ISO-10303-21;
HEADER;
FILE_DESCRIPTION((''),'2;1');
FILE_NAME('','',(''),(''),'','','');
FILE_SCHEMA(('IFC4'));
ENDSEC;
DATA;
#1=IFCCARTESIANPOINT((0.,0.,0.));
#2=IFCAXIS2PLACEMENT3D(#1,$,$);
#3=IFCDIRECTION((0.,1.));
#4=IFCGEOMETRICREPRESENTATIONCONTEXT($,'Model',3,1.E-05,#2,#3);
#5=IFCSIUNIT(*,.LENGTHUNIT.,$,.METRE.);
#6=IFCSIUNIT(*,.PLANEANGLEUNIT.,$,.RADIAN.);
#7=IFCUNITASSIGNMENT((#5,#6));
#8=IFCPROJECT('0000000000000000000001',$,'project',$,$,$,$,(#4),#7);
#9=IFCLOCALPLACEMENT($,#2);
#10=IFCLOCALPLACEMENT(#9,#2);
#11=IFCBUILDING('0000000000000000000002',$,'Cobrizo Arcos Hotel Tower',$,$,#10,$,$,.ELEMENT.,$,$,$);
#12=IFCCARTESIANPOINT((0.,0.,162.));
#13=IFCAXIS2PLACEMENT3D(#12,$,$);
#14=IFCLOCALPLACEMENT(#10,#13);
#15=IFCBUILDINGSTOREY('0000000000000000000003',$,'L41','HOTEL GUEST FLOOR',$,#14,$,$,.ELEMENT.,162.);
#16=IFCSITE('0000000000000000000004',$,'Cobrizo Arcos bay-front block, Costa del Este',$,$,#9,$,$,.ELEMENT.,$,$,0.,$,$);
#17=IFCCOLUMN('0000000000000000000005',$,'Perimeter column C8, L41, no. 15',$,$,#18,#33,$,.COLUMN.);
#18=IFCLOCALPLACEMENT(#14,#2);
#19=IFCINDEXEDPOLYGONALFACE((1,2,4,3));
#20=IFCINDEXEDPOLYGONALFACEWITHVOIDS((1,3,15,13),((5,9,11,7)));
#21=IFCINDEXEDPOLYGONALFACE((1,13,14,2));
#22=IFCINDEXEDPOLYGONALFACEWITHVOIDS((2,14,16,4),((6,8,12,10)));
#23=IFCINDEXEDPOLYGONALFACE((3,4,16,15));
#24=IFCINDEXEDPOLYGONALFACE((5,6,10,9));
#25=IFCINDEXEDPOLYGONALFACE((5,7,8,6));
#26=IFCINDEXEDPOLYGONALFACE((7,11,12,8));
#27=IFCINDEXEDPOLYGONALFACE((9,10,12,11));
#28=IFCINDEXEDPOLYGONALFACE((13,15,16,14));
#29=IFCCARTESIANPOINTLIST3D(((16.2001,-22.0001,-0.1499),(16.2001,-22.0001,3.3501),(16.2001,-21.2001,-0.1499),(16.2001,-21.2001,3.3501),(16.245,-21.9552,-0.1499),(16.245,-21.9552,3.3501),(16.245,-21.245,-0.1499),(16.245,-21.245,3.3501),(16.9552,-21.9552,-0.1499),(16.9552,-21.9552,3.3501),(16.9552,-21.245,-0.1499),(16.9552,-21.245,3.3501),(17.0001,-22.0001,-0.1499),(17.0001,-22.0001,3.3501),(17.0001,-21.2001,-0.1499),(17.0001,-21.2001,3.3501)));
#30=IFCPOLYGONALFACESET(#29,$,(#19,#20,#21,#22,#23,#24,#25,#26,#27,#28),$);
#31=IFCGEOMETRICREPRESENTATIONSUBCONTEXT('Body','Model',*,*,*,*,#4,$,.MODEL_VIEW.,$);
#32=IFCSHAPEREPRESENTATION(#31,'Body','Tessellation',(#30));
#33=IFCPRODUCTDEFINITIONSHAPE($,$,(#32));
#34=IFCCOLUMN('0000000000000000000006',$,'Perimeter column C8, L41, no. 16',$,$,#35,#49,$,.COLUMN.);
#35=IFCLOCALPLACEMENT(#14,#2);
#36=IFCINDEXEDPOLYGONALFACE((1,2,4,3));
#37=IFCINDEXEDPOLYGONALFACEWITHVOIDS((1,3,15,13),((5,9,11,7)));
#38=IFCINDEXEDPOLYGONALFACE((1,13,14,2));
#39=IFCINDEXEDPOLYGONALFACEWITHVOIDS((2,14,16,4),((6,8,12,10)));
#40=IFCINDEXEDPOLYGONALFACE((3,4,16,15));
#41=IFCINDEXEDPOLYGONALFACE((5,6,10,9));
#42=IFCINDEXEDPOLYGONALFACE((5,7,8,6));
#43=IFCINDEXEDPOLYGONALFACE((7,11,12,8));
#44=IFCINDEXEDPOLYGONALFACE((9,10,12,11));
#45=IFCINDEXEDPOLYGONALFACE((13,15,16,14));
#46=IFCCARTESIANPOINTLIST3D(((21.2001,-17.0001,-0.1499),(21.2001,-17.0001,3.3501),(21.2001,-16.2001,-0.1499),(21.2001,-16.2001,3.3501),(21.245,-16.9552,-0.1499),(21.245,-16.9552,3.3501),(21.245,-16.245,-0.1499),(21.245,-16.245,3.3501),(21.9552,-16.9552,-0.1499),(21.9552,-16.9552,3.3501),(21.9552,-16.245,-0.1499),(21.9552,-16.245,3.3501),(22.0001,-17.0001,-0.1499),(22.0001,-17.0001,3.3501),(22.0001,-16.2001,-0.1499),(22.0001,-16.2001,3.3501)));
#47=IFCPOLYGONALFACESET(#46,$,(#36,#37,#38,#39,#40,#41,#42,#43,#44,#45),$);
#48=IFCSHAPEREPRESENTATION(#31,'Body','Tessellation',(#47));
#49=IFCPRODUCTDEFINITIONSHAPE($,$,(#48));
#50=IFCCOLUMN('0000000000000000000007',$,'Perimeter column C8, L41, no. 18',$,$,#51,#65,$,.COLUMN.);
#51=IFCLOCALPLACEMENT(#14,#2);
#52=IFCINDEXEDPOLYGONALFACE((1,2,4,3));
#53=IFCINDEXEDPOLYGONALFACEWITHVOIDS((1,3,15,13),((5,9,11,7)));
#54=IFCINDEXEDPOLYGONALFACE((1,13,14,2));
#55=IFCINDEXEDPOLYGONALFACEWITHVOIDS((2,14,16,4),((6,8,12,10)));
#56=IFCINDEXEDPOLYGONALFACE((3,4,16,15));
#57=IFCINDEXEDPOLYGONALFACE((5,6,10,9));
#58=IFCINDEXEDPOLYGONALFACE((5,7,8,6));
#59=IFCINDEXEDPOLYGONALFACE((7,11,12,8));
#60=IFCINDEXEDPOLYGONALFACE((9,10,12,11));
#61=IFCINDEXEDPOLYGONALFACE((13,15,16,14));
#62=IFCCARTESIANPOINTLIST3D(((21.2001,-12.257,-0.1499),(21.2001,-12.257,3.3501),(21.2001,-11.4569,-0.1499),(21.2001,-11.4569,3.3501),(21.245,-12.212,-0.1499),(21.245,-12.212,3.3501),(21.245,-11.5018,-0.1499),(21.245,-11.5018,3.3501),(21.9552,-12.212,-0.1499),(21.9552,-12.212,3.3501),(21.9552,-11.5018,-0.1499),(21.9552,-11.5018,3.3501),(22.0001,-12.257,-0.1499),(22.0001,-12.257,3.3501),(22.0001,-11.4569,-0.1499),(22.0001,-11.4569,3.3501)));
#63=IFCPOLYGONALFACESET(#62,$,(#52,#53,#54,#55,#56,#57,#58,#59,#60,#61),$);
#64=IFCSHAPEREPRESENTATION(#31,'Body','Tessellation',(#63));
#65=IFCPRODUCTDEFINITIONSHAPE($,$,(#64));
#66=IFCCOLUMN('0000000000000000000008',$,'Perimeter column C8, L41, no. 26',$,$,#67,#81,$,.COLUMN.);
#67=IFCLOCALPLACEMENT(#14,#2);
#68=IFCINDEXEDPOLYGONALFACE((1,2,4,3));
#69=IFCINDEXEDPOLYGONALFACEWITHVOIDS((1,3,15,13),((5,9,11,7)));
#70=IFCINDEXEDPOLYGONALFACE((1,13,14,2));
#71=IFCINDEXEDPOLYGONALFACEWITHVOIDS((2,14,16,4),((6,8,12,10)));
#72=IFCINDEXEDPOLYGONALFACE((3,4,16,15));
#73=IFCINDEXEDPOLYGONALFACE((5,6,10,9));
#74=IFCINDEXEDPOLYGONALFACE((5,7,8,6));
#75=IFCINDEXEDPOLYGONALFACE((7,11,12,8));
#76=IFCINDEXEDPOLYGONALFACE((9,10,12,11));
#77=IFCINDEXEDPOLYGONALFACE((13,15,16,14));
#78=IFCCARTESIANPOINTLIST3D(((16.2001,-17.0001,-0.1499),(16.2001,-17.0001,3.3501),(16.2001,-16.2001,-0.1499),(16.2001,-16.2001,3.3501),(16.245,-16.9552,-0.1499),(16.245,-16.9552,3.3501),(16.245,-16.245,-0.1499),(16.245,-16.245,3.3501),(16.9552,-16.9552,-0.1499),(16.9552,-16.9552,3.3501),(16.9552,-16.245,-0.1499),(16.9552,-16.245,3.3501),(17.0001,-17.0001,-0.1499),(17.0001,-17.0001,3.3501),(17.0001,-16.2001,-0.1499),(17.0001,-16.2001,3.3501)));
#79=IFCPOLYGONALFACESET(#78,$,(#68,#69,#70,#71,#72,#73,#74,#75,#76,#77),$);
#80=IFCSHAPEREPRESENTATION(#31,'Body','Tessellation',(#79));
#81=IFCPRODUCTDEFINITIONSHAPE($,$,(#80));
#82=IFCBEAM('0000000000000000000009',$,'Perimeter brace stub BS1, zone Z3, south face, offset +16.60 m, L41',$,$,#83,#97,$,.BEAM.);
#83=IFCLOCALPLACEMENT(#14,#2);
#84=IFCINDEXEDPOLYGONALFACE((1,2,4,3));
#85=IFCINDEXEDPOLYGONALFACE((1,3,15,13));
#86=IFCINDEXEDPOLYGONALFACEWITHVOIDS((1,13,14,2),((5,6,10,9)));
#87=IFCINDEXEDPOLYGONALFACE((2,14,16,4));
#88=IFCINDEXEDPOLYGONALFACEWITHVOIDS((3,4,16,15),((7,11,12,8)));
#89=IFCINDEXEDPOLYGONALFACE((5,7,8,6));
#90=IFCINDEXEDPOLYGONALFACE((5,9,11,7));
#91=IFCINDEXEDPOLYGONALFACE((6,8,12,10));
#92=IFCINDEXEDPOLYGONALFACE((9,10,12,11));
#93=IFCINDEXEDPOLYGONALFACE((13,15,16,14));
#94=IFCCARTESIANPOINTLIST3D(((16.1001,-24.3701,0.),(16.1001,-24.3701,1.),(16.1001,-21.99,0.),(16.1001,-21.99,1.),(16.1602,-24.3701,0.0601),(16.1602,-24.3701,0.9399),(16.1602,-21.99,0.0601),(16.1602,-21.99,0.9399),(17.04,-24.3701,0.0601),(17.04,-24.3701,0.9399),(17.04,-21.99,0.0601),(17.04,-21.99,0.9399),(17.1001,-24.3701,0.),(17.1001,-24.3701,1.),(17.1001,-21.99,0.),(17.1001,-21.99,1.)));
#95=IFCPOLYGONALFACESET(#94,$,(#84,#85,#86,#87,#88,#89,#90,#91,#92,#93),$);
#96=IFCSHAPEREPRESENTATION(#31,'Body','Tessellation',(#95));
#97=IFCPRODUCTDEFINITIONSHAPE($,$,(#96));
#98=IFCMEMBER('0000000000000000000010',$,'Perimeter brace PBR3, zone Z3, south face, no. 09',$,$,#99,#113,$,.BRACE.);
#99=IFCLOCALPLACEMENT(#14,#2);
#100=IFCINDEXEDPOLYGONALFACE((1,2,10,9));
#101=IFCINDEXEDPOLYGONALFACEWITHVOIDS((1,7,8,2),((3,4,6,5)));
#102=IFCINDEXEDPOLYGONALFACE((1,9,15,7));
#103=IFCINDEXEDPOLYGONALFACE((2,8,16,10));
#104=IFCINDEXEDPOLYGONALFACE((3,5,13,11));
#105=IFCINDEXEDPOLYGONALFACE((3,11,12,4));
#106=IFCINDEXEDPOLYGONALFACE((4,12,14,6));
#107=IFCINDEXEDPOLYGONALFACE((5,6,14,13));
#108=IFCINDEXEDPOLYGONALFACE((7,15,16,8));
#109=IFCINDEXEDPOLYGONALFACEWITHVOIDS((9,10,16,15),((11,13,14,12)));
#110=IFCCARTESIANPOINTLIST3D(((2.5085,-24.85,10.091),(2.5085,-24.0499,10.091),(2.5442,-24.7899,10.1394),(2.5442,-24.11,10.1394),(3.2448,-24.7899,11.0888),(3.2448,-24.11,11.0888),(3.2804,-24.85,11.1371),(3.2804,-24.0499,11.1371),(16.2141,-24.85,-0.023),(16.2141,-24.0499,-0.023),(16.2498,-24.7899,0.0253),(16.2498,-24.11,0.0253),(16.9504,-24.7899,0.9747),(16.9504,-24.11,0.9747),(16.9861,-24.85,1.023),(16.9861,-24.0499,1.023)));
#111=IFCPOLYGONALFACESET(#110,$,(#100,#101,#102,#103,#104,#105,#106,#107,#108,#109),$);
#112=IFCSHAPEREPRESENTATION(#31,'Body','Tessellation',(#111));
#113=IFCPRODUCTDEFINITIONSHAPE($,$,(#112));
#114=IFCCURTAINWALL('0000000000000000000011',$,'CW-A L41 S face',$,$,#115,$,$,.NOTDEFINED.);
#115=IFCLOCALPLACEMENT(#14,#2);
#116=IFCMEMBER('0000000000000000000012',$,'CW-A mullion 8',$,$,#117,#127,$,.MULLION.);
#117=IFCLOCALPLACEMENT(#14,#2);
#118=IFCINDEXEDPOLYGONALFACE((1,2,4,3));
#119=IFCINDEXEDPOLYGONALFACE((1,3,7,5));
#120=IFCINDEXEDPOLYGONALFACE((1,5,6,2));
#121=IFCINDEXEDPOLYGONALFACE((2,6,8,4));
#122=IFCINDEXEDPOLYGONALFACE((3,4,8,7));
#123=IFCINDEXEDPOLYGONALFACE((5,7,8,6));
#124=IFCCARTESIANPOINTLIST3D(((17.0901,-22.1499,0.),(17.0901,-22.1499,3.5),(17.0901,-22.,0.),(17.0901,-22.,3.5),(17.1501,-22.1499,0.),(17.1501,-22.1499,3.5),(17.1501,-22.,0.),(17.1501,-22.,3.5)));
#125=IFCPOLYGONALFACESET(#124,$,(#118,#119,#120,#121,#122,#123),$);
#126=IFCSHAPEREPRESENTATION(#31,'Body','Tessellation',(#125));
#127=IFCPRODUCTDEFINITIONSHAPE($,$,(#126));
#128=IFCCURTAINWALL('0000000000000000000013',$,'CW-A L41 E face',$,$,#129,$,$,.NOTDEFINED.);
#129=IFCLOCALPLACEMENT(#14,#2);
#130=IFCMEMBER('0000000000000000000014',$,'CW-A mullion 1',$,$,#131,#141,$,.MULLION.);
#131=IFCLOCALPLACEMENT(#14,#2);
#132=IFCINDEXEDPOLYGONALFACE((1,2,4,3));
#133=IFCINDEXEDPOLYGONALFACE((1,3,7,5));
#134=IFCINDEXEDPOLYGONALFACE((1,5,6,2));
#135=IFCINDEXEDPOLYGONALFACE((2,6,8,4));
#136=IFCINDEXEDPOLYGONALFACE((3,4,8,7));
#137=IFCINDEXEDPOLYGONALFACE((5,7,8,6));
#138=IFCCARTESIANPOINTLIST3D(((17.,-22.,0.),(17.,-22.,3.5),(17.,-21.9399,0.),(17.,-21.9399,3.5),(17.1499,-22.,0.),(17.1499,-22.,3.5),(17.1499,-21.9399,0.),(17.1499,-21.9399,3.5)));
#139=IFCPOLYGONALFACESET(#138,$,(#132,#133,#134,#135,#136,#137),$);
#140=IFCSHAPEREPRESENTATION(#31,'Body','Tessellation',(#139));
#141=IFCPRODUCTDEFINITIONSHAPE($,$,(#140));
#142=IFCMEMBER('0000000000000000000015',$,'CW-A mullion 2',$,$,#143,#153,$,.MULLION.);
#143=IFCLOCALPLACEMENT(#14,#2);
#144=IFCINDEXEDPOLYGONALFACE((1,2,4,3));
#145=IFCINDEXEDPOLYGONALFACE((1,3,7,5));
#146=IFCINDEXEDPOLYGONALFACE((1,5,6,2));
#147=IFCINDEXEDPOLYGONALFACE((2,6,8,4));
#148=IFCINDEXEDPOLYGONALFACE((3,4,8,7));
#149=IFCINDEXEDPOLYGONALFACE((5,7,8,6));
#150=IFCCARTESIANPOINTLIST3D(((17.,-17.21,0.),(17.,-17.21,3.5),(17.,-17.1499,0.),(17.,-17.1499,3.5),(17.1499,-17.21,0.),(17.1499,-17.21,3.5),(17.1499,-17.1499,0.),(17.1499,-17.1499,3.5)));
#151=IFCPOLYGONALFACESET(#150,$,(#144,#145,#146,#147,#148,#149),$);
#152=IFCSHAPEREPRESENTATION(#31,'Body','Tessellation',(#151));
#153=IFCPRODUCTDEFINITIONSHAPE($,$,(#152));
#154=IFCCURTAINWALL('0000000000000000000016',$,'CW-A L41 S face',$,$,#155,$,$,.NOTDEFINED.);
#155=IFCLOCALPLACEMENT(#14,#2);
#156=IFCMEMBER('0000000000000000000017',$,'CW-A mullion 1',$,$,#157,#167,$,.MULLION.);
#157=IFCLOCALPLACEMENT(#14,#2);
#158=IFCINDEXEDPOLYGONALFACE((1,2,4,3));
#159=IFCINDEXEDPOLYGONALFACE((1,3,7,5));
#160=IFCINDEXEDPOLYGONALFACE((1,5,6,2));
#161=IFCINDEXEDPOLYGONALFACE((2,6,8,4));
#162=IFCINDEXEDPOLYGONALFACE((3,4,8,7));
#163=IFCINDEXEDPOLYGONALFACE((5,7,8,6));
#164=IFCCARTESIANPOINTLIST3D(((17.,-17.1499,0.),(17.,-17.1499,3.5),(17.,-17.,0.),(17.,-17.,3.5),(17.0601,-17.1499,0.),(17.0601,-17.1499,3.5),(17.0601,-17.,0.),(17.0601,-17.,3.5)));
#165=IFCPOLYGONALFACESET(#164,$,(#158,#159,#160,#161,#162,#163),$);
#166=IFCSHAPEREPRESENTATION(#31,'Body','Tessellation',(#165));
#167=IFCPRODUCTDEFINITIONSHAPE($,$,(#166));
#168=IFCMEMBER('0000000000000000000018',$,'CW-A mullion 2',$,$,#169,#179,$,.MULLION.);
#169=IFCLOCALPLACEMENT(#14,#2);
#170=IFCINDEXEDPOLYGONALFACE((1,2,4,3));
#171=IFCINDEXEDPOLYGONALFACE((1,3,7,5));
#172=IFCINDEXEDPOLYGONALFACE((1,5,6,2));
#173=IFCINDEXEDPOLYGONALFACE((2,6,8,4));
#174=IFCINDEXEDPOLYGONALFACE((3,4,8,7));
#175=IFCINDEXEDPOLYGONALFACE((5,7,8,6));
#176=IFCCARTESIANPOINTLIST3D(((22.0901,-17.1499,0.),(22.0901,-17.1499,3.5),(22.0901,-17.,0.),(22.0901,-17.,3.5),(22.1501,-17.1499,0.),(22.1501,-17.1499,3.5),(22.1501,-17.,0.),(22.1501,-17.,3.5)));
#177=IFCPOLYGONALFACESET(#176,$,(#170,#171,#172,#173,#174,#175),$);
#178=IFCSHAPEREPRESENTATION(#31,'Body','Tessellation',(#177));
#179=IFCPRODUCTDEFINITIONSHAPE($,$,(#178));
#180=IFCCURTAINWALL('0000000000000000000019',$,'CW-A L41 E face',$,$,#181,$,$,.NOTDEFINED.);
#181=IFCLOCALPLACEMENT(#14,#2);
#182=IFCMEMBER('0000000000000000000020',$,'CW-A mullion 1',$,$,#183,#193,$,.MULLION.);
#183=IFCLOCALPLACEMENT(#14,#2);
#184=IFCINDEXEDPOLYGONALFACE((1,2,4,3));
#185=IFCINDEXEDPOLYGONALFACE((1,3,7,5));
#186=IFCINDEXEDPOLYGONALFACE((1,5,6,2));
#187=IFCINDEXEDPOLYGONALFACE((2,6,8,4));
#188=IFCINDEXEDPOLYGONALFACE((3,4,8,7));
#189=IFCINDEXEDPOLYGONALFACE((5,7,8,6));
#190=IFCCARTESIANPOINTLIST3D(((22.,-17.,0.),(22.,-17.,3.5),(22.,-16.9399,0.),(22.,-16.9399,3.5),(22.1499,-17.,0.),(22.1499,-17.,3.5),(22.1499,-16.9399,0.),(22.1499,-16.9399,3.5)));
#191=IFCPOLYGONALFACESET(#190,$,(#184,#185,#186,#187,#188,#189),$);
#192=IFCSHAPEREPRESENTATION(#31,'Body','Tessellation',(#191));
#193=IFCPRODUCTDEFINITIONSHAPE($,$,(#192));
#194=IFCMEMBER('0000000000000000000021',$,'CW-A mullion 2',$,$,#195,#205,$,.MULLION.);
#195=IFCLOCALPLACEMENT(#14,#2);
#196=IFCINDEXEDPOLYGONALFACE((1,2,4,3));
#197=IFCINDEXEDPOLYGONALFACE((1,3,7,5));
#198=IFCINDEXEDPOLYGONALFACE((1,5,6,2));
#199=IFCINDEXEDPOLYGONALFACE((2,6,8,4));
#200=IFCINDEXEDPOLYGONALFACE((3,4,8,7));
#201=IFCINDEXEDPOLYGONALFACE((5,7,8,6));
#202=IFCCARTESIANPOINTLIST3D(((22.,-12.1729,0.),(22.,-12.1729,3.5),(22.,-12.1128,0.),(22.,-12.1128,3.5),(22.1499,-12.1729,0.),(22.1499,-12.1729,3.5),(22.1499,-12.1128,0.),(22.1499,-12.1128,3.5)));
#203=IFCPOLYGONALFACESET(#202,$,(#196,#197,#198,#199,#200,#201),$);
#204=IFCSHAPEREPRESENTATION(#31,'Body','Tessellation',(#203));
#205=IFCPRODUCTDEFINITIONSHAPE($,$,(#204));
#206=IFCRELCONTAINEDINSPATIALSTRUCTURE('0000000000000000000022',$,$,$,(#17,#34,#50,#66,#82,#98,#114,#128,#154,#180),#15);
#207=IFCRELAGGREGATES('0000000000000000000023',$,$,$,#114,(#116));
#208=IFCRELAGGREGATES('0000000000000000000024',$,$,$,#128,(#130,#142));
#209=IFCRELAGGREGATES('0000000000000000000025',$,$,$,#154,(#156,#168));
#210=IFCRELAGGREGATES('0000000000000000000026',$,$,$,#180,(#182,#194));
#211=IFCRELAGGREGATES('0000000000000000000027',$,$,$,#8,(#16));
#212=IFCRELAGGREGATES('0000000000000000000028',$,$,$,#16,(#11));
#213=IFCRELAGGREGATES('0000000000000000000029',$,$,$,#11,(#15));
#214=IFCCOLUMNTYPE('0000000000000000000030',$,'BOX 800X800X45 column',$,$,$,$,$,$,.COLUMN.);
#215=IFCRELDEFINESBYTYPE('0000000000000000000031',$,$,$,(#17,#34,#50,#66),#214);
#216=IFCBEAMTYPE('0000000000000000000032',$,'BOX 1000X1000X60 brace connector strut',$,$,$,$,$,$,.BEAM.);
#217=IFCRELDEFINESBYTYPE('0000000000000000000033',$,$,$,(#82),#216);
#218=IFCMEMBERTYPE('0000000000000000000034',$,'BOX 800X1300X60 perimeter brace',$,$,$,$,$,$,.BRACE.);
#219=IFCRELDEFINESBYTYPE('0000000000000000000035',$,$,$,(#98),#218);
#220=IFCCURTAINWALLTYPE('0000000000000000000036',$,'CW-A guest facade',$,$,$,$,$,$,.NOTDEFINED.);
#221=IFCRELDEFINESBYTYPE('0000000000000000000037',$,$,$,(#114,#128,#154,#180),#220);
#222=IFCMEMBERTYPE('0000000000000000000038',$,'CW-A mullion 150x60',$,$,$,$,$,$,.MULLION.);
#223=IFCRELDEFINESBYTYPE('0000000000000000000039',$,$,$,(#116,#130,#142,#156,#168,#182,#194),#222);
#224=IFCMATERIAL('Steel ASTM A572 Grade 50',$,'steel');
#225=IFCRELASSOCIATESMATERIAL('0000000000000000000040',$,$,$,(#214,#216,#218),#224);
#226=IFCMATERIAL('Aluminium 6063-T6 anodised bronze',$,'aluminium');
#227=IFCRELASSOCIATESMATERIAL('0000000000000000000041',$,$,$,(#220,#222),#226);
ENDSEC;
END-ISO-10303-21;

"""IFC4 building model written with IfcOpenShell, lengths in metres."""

from ifc_helpers import new_model, si_unit, direction, frame, origin, origin_2d, place, context, subcontext, project, spatial, rectangle, hollow_rectangle, extrude, material, material_profile, profile_set, type_object, element, aggregate, save


model = new_model("IFC4")

# Units and contexts
model_context = context("Model", 3, precision=1e-05, world=origin(), true_north=direction((0.0, 1.0)))
body_context = subcontext(model_context, "Body", "Model", "MODEL_VIEW")
ifc_project = project(units=[si_unit("LENGTHUNIT", "METRE"), si_unit("PLANEANGLEUNIT", "RADIAN")], contexts=[model_context])

# Site, building, storey
site_placement = place(None, origin())
site = spatial("IfcSite", under=ifc_project, at=site_placement, Name="Cobrizo Arcos bay-front block, Costa del Este", CompositionType="ELEMENT", RefElevation=0.0)
building_placement = place(site_placement, origin())
building = spatial("IfcBuilding", under=site, at=building_placement, Name="Cobrizo Arcos Hotel Tower", CompositionType="ELEMENT")
storey_placement = place(building_placement, frame((0.0, 0.0, 162.0)))
storey = spatial("IfcBuildingStorey", under=building, at=storey_placement, Name="L41", Description="HOTEL GUEST FLOOR", CompositionType="ELEMENT", Elevation=162.0)

# Columns
ifc_material_1 = material(Name="Steel ASTM A572 Grade 50", Category="steel")
ifc_material_profile_1 = material_profile(ifc_material_1, hollow_rectangle(XDim=0.8, YDim=0.8, WallThickness=0.0449, at=origin_2d()), Name="BOX 800X800X45")
ifc_profile_set_1 = profile_set([ifc_material_profile_1], Name="Steel ASTM A572 Grade 50")
column_type = type_object("IfcColumnType", Name="BOX 800X800X45 column", PredefinedType="COLUMN", material=ifc_profile_set_1)
for number, where, z_axis, x_axis, name in (
    (1, (16.6001, -21.6001, -0.1499), (0.0, 0.0, 1.0), (1.0, 0.0, 0.0), "Perimeter column C8, L41, no. 15"),
    (2, (21.6001, -16.6001, -0.1499), (0.0, 0.0, 1.0), (1.0, 0.0, 0.0), "Perimeter column C8, L41, no. 16"),
    (3, (21.6001, -11.8569, -0.1499), (0.0, 0.0, 1.0), (1.0, 0.0, 0.0), "Perimeter column C8, L41, no. 18"),
    (4, (16.6001, -16.6001, -0.1499), (0.0, 0.0, 1.0), (1.0, 0.0, 0.0), "Perimeter column C8, L41, no. 26"),
):
    element("IfcColumn", number, at=place(storey_placement, frame(where, z_axis=z_axis, x_axis=x_axis)), inside=storey, type_object=column_type, Name=name, PredefinedType="COLUMN", context=body_context, shape_type="SweptSolid", body=[
        extrude(hollow_rectangle(XDim=0.8, YDim=0.8, WallThickness=0.0449, at=origin_2d()), origin(), (0.0, 0.0, 1.0), 3.5),
    ])

# Beam
ifc_material_profile_2 = material_profile(ifc_material_1, hollow_rectangle(XDim=1.0, YDim=1.0, WallThickness=0.0601, at=origin_2d()), Name="BOX 1000X1000X60")
ifc_profile_set_2 = profile_set([ifc_material_profile_2], Name="Steel ASTM A572 Grade 50")
beam_type_1 = type_object("IfcBeamType", Name="BOX 1000X1000X60 brace connector strut", PredefinedType="BEAM", material=ifc_profile_set_2)
beam_1_placement = place(storey_placement, frame((16.6001, -21.99, 0.5), z_axis=(0.0, -1.0, 0.0), x_axis=(1.0, 0.0, 0.0)))
element("IfcBeam", 5, at=beam_1_placement, inside=storey, type_object=beam_type_1, Name="Perimeter brace stub BS1, zone Z3, south face, offset +16.60 m, L41", PredefinedType="BEAM", context=body_context, shape_type="SweptSolid", body=[
    extrude(hollow_rectangle(XDim=1.0, YDim=1.0, WallThickness=0.0601, at=origin_2d()), origin(), (0.0, 0.0, 1.0), 2.3801),
])

# Member
ifc_material_profile_3 = material_profile(ifc_material_1, hollow_rectangle(XDim=0.8, YDim=1.3, WallThickness=0.0601, at=origin_2d()), Name="BOX 800X1300X60")
ifc_profile_set_3 = profile_set([ifc_material_profile_3], Name="Steel ASTM A572 Grade 50")
member_type_1 = type_object("IfcMemberType", Name="BOX 800X1300X60 perimeter brace", PredefinedType="BRACE", material=ifc_profile_set_3)
member_1_placement = place(storey_placement, frame((16.6001, -24.45, 0.5), z_axis=(-0.80463, 0.0, 0.593776), x_axis=(0.0, -1.0, 0.0)))
element("IfcMember", 6, at=member_1_placement, inside=storey, type_object=member_type_1, Name="Perimeter brace PBR3, zone Z3, south face, no. 09", PredefinedType="BRACE", context=body_context, shape_type="SweptSolid", body=[
    extrude(hollow_rectangle(XDim=0.8, YDim=1.3, WallThickness=0.0601, at=origin_2d()), origin(), (0.0, 0.0, 1.0), 17.0334),
])

# Curtain wall, member
ifc_material_2 = material(Name="Aluminium 6063-T6 anodised bronze", Category="aluminium")
curtain_wall_type = type_object("IfcCurtainWallType", Name="CW-A guest facade", PredefinedType="NOTDEFINED", material=ifc_material_2)
curtain_wall_1_placement = place(storey_placement, origin())
curtain_wall_1 = element("IfcCurtainWall", 7, at=curtain_wall_1_placement, inside=storey, type_object=curtain_wall_type, Name="CW-A L41 S face", PredefinedType="NOTDEFINED")
ifc_material_profile_4 = material_profile(ifc_material_2, rectangle(XDim=0.1499, YDim=0.0601, at=origin_2d()), Name="CW-A mullion 150x60")
ifc_profile_set_4 = profile_set([ifc_material_profile_4], Name="Aluminium 6063-T6 anodised bronze")
member_type_2 = type_object("IfcMemberType", Name="CW-A mullion 150x60", PredefinedType="MULLION", material=ifc_profile_set_4)
member_2_placement = place(storey_placement, frame((17.1201, -22.075, 0.0), z_axis=(0.0, 0.0, 1.0), x_axis=(0.0, -1.0, 0.0)))
member_2 = element("IfcMember", 8, at=member_2_placement, type_object=member_type_2, Name="CW-A mullion 8", PredefinedType="MULLION", context=body_context, shape_type="SweptSolid", body=[
    extrude(rectangle(XDim=0.1499, YDim=0.0601, at=origin_2d()), origin(), (0.0, 0.0, 1.0), 3.5),
])

# Curtain walls, members
curtain_wall_2_placement = place(storey_placement, origin())
curtain_wall_2 = element("IfcCurtainWall", 9, at=curtain_wall_2_placement, inside=storey, type_object=curtain_wall_type, Name="CW-A L41 E face", PredefinedType="NOTDEFINED")
member_3_placement = place(storey_placement, frame((17.075, -21.97, 0.0), z_axis=(0.0, 0.0, 1.0), x_axis=(1.0, 0.0, 0.0)))
member_3 = element("IfcMember", 10, at=member_3_placement, type_object=member_type_2, Name="CW-A mullion 1", PredefinedType="MULLION", context=body_context, shape_type="SweptSolid", body=[
    extrude(rectangle(XDim=0.1499, YDim=0.0601, at=origin_2d()), origin(), (0.0, 0.0, 1.0), 3.5),
])
member_4_placement = place(storey_placement, frame((17.075, -17.1799, 0.0), z_axis=(0.0, 0.0, 1.0), x_axis=(1.0, 0.0, 0.0)))
member_4 = element("IfcMember", 11, at=member_4_placement, type_object=member_type_2, Name="CW-A mullion 2", PredefinedType="MULLION", context=body_context, shape_type="SweptSolid", body=[
    extrude(rectangle(XDim=0.1499, YDim=0.0601, at=origin_2d()), origin(), (0.0, 0.0, 1.0), 3.5),
])
curtain_wall_3_placement = place(storey_placement, origin())
curtain_wall_3 = element("IfcCurtainWall", 12, at=curtain_wall_3_placement, inside=storey, type_object=curtain_wall_type, Name="CW-A L41 S face", PredefinedType="NOTDEFINED")
member_5_placement = place(storey_placement, frame((17.03, -17.075, 0.0), z_axis=(0.0, 0.0, 1.0), x_axis=(0.0, -1.0, 0.0)))
member_5 = element("IfcMember", 13, at=member_5_placement, type_object=member_type_2, Name="CW-A mullion 1", PredefinedType="MULLION", context=body_context, shape_type="SweptSolid", body=[
    extrude(rectangle(XDim=0.1499, YDim=0.0601, at=origin_2d()), origin(), (0.0, 0.0, 1.0), 3.5),
])
member_6_placement = place(storey_placement, frame((22.1201, -17.075, 0.0), z_axis=(0.0, 0.0, 1.0), x_axis=(0.0, -1.0, 0.0)))
member_6 = element("IfcMember", 14, at=member_6_placement, type_object=member_type_2, Name="CW-A mullion 2", PredefinedType="MULLION", context=body_context, shape_type="SweptSolid", body=[
    extrude(rectangle(XDim=0.1499, YDim=0.0601, at=origin_2d()), origin(), (0.0, 0.0, 1.0), 3.5),
])
curtain_wall_4_placement = place(storey_placement, origin())
curtain_wall_4 = element("IfcCurtainWall", 15, at=curtain_wall_4_placement, inside=storey, type_object=curtain_wall_type, Name="CW-A L41 E face", PredefinedType="NOTDEFINED")
member_7_placement = place(storey_placement, frame((22.075, -16.97, 0.0), z_axis=(0.0, 0.0, 1.0), x_axis=(1.0, 0.0, 0.0)))
member_7 = element("IfcMember", 16, at=member_7_placement, type_object=member_type_2, Name="CW-A mullion 1", PredefinedType="MULLION", context=body_context, shape_type="SweptSolid", body=[
    extrude(rectangle(XDim=0.1499, YDim=0.0601, at=origin_2d()), origin(), (0.0, 0.0, 1.0), 3.5),
])
member_8_placement = place(storey_placement, frame((22.075, -12.1428, 0.0), z_axis=(0.0, 0.0, 1.0), x_axis=(1.0, 0.0, 0.0)))
member_8 = element("IfcMember", 17, at=member_8_placement, type_object=member_type_2, Name="CW-A mullion 2", PredefinedType="MULLION", context=body_context, shape_type="SweptSolid", body=[
    extrude(rectangle(XDim=0.1499, YDim=0.0601, at=origin_2d()), origin(), (0.0, 0.0, 1.0), 3.5),
])

aggregate(curtain_wall_1, [member_2])
aggregate(curtain_wall_2, [member_3, member_4])
aggregate(curtain_wall_3, [member_5, member_6])
aggregate(curtain_wall_4, [member_7, member_8])

save(model, "model.ifc")
